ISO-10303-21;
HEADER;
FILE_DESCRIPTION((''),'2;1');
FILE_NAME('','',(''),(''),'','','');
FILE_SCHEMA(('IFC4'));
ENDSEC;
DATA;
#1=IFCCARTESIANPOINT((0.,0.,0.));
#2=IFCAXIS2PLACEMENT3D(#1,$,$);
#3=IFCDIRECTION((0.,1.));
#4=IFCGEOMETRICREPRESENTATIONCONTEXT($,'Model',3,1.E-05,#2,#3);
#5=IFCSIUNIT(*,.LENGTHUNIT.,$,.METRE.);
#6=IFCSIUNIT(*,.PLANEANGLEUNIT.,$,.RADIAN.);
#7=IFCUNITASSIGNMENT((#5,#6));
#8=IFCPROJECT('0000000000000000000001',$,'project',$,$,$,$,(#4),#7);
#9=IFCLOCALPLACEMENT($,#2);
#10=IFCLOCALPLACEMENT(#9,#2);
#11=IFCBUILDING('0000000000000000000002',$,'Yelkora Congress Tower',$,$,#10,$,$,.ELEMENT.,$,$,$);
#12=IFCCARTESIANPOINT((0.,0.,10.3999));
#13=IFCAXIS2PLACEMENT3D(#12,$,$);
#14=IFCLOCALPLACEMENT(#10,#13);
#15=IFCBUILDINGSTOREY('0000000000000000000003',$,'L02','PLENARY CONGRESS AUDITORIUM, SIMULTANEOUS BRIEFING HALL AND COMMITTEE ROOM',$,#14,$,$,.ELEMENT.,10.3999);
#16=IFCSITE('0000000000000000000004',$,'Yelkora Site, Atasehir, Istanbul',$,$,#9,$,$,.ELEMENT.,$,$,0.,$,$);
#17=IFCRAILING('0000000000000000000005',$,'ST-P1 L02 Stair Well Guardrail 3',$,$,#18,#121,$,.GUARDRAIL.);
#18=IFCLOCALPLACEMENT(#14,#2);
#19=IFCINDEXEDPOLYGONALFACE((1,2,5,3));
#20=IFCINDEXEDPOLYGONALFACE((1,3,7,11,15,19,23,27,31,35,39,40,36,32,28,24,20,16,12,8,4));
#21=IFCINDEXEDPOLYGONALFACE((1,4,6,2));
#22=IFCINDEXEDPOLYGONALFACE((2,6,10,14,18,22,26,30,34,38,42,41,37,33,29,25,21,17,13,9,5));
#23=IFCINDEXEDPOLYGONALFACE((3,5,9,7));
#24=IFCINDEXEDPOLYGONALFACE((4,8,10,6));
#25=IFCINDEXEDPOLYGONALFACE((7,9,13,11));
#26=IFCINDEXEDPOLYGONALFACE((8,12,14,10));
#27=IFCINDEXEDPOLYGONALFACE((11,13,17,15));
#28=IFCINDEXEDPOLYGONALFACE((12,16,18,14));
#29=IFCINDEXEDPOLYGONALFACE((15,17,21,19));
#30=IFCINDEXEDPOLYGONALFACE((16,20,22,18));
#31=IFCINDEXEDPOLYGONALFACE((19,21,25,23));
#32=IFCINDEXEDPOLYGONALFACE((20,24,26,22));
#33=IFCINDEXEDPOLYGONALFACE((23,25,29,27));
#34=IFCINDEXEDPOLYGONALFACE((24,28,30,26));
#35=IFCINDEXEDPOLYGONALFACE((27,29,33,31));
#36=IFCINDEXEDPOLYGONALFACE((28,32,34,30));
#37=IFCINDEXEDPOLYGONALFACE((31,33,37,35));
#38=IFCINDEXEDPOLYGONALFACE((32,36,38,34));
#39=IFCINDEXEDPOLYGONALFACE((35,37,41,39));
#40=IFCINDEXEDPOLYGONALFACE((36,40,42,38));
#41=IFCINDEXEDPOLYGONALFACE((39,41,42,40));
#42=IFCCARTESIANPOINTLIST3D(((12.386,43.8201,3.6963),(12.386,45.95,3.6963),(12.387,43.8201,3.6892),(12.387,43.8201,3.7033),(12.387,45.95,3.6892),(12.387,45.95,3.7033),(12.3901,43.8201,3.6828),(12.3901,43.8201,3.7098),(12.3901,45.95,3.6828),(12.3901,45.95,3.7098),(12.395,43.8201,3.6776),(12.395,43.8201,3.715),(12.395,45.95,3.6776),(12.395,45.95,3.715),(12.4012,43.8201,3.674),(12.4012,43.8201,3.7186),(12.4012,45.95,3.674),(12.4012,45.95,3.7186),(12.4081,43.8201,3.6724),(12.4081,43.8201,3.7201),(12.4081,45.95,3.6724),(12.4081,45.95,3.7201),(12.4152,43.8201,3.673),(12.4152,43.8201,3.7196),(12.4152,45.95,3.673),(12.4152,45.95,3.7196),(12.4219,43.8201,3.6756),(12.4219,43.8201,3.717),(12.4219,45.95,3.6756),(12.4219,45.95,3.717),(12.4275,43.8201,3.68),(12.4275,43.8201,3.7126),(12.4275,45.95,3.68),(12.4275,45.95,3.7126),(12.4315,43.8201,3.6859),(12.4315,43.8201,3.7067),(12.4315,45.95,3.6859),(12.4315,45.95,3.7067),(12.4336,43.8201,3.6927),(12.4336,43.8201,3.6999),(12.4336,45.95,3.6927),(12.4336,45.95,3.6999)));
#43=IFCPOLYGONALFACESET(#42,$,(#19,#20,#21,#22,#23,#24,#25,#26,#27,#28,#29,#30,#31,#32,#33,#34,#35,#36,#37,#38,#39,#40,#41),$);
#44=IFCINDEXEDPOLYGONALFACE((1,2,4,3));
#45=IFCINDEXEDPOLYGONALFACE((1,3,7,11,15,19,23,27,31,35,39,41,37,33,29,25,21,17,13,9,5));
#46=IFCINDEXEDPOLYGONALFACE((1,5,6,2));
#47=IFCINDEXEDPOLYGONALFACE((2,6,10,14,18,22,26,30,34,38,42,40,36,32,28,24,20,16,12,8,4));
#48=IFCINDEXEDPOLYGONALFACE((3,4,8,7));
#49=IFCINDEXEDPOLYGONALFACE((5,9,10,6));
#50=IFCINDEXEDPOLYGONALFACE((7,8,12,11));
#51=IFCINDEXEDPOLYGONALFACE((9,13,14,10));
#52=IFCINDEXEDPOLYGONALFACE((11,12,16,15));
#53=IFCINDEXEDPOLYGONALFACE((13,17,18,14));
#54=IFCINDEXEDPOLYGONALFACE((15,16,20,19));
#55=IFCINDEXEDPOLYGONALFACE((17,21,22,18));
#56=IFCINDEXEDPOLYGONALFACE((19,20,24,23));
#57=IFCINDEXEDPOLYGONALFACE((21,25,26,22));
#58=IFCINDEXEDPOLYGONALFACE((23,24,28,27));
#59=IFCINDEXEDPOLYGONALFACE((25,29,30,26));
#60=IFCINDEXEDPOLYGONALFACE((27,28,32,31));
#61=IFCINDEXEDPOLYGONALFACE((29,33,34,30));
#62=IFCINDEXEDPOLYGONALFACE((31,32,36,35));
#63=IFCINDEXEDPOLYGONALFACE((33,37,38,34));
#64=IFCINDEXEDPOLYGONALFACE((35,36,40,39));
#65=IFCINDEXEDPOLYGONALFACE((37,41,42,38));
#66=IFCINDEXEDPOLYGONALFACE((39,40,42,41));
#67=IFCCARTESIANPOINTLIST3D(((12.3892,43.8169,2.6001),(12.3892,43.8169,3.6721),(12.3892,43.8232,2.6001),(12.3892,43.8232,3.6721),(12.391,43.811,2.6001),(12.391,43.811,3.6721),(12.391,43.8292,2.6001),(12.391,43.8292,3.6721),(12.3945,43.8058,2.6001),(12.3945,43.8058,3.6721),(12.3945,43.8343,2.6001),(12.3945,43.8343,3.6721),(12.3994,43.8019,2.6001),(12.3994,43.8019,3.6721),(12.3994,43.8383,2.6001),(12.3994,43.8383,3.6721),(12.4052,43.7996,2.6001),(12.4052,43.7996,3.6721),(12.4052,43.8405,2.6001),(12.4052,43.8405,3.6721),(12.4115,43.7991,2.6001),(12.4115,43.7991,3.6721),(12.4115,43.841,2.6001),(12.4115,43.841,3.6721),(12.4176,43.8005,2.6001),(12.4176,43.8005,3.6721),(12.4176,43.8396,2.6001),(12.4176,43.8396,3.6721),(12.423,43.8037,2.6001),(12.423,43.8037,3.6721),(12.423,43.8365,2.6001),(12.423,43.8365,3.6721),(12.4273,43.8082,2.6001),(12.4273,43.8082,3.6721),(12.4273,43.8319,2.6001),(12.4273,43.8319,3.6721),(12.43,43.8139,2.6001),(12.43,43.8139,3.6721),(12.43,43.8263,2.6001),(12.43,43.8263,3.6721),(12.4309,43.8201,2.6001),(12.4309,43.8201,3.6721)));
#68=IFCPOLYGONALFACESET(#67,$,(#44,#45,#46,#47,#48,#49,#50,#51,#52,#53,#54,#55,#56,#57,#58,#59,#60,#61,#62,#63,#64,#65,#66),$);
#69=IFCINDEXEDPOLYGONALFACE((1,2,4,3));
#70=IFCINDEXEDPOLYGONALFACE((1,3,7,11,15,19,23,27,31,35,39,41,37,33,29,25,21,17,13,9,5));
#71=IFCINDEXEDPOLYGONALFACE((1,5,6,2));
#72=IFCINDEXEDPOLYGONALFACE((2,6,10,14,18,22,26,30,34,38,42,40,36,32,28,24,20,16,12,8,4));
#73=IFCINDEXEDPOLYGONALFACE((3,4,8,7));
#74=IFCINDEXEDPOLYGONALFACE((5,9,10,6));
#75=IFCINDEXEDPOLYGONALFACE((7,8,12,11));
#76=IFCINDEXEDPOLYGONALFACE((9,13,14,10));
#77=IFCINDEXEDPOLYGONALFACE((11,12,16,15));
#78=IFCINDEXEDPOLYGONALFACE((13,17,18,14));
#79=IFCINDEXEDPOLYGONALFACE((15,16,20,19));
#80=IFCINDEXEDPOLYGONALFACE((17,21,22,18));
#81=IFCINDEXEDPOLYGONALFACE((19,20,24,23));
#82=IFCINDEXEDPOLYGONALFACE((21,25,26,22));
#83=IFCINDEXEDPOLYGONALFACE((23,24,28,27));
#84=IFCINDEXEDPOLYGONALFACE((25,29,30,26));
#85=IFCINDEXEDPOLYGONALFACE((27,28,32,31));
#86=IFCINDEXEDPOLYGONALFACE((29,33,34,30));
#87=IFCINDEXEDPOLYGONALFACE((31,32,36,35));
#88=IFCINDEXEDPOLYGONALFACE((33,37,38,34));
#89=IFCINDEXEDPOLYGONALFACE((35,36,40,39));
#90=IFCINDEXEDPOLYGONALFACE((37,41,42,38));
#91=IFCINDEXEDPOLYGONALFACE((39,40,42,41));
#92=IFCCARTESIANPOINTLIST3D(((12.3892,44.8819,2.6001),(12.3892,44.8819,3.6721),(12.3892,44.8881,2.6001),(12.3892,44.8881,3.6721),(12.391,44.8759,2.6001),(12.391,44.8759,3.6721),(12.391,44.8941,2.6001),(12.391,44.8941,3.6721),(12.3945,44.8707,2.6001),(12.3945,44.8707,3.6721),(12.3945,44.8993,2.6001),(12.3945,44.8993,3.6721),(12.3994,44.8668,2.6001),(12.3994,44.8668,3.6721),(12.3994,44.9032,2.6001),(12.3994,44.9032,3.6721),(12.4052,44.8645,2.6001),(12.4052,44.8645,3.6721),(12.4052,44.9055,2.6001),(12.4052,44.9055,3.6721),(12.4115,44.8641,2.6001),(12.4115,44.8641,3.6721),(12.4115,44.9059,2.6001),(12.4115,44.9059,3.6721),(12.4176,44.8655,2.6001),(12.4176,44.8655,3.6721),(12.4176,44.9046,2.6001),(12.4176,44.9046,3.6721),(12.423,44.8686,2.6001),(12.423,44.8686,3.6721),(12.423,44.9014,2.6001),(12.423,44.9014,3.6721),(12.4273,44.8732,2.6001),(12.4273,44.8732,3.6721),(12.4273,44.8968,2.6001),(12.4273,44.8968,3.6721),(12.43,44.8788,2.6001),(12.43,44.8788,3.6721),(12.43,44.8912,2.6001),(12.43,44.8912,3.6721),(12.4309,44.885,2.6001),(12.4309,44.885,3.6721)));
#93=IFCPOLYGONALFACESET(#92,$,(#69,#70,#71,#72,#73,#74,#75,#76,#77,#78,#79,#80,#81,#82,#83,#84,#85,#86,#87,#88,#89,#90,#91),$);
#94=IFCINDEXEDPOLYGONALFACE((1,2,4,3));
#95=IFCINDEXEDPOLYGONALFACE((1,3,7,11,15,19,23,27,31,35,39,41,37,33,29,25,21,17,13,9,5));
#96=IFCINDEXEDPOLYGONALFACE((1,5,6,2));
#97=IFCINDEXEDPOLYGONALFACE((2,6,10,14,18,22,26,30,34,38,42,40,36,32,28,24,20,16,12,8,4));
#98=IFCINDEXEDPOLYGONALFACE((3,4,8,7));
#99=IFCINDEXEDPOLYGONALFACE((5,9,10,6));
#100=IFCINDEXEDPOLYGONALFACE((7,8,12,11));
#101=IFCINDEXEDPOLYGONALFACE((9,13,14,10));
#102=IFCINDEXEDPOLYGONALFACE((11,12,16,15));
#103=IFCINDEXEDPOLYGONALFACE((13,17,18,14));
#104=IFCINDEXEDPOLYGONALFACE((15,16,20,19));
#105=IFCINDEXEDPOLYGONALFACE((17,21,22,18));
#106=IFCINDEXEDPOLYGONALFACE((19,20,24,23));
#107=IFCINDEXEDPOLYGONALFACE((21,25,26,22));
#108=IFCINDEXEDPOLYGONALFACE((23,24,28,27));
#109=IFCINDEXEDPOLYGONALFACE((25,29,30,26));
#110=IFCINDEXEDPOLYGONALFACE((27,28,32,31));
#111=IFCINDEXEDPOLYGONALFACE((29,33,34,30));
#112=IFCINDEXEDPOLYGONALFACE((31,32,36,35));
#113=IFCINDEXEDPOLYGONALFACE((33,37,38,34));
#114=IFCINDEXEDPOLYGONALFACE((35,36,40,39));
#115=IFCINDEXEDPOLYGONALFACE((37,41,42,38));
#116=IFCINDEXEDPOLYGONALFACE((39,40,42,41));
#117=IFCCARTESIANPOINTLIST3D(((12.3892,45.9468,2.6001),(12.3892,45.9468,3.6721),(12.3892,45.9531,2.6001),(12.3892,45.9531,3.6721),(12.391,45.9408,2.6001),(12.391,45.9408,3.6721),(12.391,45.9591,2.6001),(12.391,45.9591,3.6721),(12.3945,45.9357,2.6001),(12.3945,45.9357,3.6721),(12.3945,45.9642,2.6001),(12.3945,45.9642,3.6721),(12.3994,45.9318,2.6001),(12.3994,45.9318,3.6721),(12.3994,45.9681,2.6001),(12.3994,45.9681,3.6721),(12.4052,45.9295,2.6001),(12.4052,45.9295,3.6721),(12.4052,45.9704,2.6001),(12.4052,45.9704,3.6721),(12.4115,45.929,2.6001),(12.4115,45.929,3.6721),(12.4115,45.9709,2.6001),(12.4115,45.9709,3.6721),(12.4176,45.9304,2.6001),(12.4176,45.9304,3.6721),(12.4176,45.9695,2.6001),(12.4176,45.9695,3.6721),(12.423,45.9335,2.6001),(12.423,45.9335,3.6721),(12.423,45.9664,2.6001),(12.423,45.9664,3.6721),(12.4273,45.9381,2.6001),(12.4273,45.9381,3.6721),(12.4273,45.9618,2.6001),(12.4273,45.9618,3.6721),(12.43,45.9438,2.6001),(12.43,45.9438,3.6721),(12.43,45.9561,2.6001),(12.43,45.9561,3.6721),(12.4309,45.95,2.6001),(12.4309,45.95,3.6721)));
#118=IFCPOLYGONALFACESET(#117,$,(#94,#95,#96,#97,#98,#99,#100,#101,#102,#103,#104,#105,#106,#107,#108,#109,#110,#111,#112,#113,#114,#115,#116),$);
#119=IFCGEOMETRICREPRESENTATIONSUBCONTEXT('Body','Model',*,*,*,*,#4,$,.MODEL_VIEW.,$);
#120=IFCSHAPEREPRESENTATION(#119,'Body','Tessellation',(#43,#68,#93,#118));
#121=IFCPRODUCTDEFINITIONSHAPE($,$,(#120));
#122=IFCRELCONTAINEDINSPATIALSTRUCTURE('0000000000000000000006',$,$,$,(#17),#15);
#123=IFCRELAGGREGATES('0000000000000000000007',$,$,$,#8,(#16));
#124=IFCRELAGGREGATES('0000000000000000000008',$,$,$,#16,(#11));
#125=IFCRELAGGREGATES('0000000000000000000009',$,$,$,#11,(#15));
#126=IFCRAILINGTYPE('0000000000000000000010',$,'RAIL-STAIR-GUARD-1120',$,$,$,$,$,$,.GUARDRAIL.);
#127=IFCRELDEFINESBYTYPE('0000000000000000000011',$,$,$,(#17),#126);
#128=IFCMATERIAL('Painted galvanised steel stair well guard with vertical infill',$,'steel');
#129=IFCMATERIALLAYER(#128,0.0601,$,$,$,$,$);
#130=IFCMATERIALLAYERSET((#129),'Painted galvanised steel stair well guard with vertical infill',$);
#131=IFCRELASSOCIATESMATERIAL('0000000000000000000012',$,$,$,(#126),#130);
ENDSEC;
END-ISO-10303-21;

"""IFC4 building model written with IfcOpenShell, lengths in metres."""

from ifc_helpers import new_model, si_unit, direction, frame, origin, origin_2d, place, context, subcontext, project, spatial, circle, extrude, material, layer, layer_set, type_object, element, save


model = new_model("IFC4")

# Units and contexts
model_context = context("Model", 3, precision=1e-05, world=origin(), true_north=direction((0.0, 1.0)))
body_context = subcontext(model_context, "Body", "Model", "MODEL_VIEW")
ifc_project = project(units=[si_unit("LENGTHUNIT", "METRE"), si_unit("PLANEANGLEUNIT", "RADIAN")], contexts=[model_context])

# Site, building, storey
site_placement = place(None, origin())
site = spatial("IfcSite", under=ifc_project, at=site_placement, Name="Yelkora Site, Atasehir, Istanbul", CompositionType="ELEMENT", RefElevation=0.0)
building_placement = place(site_placement, origin())
building = spatial("IfcBuilding", under=site, at=building_placement, Name="Yelkora Congress Tower", CompositionType="ELEMENT")
storey_placement = place(building_placement, frame((0.0, 0.0, 10.3999)))
storey = spatial("IfcBuildingStorey", under=building, at=storey_placement, Name="L02", Description="PLENARY CONGRESS AUDITORIUM, SIMULTANEOUS BRIEFING HALL AND COMMITTEE ROOM", CompositionType="ELEMENT", Elevation=10.3999)

# Railing
ifc_material_1 = material(Name="Painted galvanised steel stair well guard with vertical infill", Category="steel")
ifc_layer_1 = layer(ifc_material_1, 0.0601)
ifc_layer_set_1 = layer_set([ifc_layer_1], Name="Painted galvanised steel stair well guard with vertical infill")
railing_type_1 = type_object("IfcRailingType", Name="RAIL-STAIR-GUARD-1120", PredefinedType="GUARDRAIL", material=ifc_layer_set_1)
railing_1_placement = place(storey_placement, frame((12.4099, 43.8201, 2.6001)))
element("IfcRailing", 1, at=railing_1_placement, inside=storey, type_object=railing_type_1, Name="ST-P1 L02 Stair Well Guardrail 3", PredefinedType="GUARDRAIL", context=body_context, shape_type="SweptSolid", body=[
    extrude(circle(Radius=0.0239, at=origin_2d()), frame((0.0, 0.0, 1.0962), z_axis=(0.0, 1.0, 0.0), x_axis=(-1.0, 0.0, 0.0)), (0.0, 0.0, 1.0), 2.1299),
    extrude(circle(Radius=0.021, at=origin_2d()), origin(), (0.0, 0.0, 1.0), 1.072),
    extrude(circle(Radius=0.021, at=origin_2d()), frame((0.0, 1.0649, 0.0)), (0.0, 0.0, 1.0), 1.072),
    extrude(circle(Radius=0.021, at=origin_2d()), frame((0.0, 2.1299, 0.0)), (0.0, 0.0, 1.0), 1.072),
])

save(model, "model.ifc")
